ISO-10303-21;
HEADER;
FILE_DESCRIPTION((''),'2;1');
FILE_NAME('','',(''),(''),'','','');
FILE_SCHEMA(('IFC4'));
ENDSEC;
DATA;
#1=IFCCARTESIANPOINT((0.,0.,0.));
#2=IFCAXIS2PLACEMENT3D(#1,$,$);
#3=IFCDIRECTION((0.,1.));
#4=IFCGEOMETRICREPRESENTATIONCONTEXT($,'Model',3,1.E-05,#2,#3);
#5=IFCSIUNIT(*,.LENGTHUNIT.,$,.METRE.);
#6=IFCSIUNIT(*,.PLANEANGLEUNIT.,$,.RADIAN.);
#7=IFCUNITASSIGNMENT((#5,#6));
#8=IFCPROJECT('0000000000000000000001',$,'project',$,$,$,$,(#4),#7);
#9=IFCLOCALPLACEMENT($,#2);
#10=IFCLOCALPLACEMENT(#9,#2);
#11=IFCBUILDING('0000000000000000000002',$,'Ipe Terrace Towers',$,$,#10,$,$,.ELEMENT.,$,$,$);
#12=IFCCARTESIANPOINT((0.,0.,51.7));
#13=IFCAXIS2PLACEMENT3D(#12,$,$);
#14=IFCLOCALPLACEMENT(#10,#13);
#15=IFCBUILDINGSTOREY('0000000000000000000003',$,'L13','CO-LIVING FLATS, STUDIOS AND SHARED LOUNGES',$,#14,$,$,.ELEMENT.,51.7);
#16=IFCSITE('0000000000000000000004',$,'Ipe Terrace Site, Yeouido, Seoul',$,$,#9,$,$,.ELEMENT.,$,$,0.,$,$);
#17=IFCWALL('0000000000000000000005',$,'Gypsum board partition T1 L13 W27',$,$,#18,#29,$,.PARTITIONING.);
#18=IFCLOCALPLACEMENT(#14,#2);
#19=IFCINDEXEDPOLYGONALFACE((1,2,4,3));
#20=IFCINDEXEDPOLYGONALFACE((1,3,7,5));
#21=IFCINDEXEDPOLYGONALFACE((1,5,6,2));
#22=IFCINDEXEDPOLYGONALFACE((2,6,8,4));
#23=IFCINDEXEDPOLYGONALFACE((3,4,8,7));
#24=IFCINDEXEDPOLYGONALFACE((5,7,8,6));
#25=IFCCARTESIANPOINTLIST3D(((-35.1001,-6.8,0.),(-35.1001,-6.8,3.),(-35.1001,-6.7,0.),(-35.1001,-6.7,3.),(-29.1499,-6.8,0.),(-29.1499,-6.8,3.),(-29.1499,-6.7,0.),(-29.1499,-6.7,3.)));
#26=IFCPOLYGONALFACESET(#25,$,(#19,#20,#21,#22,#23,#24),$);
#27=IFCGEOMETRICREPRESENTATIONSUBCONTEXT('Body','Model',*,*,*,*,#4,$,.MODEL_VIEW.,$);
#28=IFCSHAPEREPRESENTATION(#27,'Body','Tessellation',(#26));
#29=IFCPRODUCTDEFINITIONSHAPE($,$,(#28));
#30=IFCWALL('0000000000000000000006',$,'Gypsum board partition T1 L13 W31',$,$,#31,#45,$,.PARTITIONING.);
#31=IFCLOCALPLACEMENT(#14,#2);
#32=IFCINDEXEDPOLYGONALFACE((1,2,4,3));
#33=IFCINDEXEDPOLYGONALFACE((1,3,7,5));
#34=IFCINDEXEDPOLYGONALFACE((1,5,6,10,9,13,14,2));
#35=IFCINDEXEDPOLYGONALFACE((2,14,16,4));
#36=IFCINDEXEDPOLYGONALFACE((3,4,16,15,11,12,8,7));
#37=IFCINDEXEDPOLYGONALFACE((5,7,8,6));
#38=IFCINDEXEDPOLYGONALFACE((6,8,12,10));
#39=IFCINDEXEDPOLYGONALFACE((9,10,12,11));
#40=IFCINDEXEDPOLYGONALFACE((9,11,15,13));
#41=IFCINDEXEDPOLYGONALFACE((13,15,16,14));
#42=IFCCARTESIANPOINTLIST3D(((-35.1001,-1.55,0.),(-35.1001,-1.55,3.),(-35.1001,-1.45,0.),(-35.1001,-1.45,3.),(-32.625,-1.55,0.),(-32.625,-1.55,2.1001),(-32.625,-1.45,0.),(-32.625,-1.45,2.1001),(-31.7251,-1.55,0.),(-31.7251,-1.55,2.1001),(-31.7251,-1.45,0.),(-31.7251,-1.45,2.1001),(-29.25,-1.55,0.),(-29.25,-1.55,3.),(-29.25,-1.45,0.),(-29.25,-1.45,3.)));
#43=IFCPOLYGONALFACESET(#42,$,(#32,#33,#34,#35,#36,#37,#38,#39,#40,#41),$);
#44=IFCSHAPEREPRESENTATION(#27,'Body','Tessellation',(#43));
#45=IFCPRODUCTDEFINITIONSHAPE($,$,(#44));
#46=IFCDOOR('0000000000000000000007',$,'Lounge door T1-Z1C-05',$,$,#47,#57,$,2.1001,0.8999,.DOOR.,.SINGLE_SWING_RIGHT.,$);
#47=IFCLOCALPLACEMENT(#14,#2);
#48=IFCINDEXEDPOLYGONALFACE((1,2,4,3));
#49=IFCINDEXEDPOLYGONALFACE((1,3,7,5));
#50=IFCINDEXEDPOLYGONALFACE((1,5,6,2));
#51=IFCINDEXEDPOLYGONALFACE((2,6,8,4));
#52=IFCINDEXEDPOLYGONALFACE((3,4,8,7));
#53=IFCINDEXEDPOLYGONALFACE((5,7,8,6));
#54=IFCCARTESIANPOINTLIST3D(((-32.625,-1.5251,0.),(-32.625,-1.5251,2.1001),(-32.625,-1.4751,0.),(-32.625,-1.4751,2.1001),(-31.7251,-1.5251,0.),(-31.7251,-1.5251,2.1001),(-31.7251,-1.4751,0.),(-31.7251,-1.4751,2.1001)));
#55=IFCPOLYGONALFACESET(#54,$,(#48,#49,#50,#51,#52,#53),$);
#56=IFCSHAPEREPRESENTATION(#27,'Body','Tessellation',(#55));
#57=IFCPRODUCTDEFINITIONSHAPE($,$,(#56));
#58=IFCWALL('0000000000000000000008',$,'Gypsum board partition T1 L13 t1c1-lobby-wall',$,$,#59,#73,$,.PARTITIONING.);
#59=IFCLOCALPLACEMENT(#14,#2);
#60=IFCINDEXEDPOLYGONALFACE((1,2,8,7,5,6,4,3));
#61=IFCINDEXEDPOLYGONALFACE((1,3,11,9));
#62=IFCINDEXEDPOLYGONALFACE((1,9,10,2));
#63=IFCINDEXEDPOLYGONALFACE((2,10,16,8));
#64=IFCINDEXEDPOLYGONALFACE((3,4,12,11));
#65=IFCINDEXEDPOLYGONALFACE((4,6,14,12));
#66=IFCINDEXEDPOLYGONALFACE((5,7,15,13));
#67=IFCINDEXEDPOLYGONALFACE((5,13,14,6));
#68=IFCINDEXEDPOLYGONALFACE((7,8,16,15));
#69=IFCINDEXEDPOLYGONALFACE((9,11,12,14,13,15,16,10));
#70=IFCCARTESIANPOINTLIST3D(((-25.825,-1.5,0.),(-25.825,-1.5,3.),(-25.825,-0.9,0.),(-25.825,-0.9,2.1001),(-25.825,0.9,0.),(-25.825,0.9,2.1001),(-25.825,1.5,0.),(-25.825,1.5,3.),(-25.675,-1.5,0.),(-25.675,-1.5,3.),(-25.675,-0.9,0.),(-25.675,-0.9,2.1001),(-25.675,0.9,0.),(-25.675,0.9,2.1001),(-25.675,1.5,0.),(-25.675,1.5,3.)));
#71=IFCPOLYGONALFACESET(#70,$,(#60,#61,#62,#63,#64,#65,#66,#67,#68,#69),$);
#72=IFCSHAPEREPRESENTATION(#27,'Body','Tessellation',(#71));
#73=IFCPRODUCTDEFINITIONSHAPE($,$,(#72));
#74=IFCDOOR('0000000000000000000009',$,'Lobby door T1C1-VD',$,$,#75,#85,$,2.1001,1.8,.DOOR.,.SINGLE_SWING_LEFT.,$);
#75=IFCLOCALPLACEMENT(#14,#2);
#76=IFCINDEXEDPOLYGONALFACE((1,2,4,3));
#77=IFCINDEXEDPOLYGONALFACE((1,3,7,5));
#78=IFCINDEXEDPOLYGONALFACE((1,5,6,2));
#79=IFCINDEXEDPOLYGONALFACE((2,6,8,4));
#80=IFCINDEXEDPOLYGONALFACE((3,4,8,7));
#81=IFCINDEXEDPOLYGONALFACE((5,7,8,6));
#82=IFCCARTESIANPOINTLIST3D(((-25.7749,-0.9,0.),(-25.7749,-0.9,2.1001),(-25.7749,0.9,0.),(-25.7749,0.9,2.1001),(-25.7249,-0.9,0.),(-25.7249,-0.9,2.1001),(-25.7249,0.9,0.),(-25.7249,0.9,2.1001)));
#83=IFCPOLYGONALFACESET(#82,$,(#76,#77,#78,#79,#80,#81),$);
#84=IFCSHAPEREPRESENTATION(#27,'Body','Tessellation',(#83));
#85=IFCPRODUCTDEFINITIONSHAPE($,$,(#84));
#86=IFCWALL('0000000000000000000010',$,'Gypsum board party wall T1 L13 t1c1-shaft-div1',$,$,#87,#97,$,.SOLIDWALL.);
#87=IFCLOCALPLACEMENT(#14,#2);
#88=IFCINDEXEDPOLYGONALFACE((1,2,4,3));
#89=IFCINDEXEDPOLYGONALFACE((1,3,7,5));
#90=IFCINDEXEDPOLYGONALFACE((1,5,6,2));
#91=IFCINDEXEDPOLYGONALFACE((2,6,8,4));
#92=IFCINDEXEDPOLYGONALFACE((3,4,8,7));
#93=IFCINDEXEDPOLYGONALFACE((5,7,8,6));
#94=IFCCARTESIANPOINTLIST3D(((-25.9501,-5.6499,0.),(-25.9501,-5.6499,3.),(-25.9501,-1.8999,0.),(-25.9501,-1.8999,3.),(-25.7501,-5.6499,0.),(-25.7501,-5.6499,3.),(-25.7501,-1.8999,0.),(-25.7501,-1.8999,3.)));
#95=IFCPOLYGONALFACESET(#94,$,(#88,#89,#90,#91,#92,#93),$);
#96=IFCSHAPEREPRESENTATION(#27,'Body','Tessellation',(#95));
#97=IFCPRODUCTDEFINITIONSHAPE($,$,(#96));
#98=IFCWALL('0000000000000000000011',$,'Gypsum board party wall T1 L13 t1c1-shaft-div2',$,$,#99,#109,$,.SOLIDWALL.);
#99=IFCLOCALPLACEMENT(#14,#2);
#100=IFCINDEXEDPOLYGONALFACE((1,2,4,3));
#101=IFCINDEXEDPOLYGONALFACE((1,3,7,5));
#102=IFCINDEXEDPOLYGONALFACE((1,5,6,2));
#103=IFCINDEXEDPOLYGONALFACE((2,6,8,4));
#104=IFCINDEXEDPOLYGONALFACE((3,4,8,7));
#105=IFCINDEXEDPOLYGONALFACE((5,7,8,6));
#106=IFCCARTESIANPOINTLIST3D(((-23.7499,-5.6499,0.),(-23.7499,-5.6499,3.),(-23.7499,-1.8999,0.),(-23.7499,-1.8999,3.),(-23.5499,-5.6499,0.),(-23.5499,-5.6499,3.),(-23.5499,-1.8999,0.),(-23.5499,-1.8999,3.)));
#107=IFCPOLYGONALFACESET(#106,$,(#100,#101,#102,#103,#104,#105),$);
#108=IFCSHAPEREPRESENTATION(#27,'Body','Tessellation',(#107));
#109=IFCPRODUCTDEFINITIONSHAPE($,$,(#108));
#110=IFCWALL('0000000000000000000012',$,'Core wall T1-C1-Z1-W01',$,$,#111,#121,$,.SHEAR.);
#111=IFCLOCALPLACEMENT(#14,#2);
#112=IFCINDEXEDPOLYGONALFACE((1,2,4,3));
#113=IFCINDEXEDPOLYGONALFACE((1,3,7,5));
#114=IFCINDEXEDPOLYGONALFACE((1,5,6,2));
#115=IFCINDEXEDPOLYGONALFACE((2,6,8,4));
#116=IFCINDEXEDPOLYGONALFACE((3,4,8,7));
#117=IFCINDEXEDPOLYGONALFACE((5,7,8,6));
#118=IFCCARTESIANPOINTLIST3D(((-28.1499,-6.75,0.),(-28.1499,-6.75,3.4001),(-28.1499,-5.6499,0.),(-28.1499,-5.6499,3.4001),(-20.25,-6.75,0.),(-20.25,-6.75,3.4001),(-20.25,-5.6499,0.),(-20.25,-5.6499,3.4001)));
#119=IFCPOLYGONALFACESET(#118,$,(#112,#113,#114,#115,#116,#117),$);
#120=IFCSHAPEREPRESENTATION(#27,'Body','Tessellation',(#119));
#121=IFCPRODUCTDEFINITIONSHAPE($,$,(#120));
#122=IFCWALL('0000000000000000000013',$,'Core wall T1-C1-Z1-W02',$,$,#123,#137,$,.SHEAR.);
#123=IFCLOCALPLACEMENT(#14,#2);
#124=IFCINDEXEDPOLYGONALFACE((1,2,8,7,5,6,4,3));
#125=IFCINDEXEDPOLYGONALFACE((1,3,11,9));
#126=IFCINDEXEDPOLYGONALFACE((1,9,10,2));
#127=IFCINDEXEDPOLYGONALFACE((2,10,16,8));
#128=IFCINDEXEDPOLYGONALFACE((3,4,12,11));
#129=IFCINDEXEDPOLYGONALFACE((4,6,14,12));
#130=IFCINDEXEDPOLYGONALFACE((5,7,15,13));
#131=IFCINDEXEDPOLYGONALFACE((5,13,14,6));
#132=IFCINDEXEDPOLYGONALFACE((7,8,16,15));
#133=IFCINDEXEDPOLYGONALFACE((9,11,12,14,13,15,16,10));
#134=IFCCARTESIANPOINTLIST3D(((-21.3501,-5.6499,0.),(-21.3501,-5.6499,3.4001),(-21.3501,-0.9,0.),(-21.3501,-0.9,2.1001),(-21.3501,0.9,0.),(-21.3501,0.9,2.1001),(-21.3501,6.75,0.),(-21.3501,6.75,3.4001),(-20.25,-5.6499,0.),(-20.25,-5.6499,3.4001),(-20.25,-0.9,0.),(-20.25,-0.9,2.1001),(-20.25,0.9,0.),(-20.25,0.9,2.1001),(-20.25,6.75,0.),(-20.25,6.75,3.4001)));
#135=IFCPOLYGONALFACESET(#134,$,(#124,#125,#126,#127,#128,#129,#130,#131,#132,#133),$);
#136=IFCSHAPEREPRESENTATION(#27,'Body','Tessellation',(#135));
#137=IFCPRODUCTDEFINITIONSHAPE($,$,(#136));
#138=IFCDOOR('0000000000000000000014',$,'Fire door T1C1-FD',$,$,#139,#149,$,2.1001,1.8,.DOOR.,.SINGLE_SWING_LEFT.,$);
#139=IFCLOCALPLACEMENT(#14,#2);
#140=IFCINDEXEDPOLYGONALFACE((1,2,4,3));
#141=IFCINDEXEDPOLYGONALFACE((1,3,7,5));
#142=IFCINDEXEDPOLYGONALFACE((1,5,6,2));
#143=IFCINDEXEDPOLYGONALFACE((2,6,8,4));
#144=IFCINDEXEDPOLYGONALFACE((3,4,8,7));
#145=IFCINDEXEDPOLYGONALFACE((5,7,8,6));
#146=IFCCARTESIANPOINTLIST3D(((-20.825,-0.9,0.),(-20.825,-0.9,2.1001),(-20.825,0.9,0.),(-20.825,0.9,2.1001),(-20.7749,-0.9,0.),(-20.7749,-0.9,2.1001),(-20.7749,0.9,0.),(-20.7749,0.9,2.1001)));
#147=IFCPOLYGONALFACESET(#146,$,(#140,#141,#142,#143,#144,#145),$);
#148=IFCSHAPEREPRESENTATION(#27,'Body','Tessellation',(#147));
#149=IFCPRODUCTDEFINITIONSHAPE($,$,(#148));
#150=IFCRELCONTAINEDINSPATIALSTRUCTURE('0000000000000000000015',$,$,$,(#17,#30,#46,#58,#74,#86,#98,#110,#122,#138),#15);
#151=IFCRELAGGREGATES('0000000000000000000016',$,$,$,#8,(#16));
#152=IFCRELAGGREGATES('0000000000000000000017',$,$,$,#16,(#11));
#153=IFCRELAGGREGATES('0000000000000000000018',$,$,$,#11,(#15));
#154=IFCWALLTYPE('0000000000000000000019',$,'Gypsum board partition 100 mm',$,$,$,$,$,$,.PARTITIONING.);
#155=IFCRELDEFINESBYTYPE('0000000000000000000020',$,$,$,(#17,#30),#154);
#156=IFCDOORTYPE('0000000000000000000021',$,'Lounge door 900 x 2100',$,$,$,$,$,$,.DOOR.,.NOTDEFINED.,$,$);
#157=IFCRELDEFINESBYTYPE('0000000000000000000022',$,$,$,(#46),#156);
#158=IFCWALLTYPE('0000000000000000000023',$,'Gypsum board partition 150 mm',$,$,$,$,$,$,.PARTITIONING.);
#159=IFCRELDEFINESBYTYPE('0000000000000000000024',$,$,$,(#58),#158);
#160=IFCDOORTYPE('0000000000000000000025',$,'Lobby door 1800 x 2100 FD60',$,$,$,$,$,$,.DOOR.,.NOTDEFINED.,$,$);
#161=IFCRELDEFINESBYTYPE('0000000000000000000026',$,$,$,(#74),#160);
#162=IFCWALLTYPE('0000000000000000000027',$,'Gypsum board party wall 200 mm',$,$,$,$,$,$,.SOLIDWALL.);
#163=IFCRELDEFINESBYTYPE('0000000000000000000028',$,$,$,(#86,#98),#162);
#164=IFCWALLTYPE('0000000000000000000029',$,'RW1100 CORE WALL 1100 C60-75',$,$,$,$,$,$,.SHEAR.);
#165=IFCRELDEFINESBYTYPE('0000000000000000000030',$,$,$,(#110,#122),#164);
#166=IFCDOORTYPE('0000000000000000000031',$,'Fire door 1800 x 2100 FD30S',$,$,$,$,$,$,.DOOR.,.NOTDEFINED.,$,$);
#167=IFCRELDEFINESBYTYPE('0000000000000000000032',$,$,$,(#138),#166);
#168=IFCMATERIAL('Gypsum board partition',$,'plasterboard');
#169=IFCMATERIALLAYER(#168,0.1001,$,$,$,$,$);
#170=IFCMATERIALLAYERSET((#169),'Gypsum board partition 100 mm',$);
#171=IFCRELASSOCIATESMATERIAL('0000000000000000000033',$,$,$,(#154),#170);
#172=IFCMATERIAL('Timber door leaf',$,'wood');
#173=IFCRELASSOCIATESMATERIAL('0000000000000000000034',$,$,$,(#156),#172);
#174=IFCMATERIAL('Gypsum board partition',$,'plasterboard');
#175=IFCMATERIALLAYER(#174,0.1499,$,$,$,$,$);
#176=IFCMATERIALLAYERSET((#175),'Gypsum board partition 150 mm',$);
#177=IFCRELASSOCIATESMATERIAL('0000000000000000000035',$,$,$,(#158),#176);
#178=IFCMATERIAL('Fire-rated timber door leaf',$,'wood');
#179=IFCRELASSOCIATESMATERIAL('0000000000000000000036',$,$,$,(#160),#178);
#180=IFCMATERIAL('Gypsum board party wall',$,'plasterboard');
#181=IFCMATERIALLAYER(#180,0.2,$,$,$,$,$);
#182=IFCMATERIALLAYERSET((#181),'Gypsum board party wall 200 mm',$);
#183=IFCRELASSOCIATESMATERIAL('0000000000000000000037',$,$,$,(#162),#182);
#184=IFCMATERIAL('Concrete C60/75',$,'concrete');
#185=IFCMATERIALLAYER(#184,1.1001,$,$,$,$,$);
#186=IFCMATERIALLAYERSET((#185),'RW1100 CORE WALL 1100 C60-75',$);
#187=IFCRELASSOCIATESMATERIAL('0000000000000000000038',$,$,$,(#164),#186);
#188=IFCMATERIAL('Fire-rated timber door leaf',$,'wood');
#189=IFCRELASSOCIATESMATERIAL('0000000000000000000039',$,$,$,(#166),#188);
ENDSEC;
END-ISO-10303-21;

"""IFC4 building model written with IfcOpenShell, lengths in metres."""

from ifc_helpers import new_model, si_unit, direction, frame, frame_2d, origin, place, context, subcontext, project, spatial, rectangle, extrude, material, layer, layer_set, type_object, element, fill, save


model = new_model("IFC4")

# Units and contexts
model_context = context("Model", 3, precision=1e-05, world=origin(), true_north=direction((0.0, 1.0)))
body_context = subcontext(model_context, "Body", "Model", "MODEL_VIEW")
ifc_project = project(units=[si_unit("LENGTHUNIT", "METRE"), si_unit("PLANEANGLEUNIT", "RADIAN")], contexts=[model_context])

# Site, building, storey
site_placement = place(None, origin())
site = spatial("IfcSite", under=ifc_project, at=site_placement, Name="Ipe Terrace Site, Yeouido, Seoul", CompositionType="ELEMENT", RefElevation=0.0)
building_placement = place(site_placement, origin())
building = spatial("IfcBuilding", under=site, at=building_placement, Name="Ipe Terrace Towers", CompositionType="ELEMENT")
storey_placement = place(building_placement, frame((0.0, 0.0, 51.7)))
storey = spatial("IfcBuildingStorey", under=building, at=storey_placement, Name="L13", Description="CO-LIVING FLATS, STUDIOS AND SHARED LOUNGES", CompositionType="ELEMENT", Elevation=51.7)

# Shared definitions
ifc_material_1 = material(Name="Gypsum board partition", Category="plasterboard")
ifc_layer_1 = layer(ifc_material_1, 0.1001)
ifc_layer_set_1 = layer_set([ifc_layer_1], Name="Gypsum board partition 100 mm")
wall_type_1 = type_object("IfcWallType", Name="Gypsum board partition 100 mm", PredefinedType="PARTITIONING", material=ifc_layer_set_1)
ifc_material_2 = material(Name="Timber door leaf", Category="wood")
door_type_1 = type_object("IfcDoorType", Name="Lounge door 900 x 2100", OperationType="NOTDEFINED", PredefinedType="DOOR", material=ifc_material_2)

# Wall
wall_1_placement = place(storey_placement, frame((-35.1001, -6.75, 0.0), z_axis=(0.0, 0.0, 1.0), x_axis=(1.0, 0.0, 0.0)))
element("IfcWall", 1, at=wall_1_placement, inside=storey, type_object=wall_type_1, Name="Gypsum board partition T1 L13 W27", PredefinedType="PARTITIONING", context=body_context, shape_type="SweptSolid", body=[
    extrude(rectangle(XDim=5.9502, YDim=0.1001, at=frame_2d((2.9751, 0.0))), origin(), (0.0, 0.0, 1.0), 3.0),
])

# Walls, openings, doors
wall_2_placement = place(storey_placement, frame((-35.1001, -1.5, 0.0), z_axis=(0.0, 0.0, 1.0), x_axis=(1.0, 0.0, 0.0)))
wall_2 = element("IfcWall", 2, at=wall_2_placement, inside=storey, type_object=wall_type_1, Name="Gypsum board partition T1 L13 W31", PredefinedType="PARTITIONING", context=body_context, shape_type="SweptSolid", body=[
    extrude(rectangle(XDim=5.8501, YDim=0.1001, at=frame_2d((2.925, 0.0))), origin(), (0.0, 0.0, 1.0), 3.0),
])
opening_1_placement = place(wall_2_placement, frame((2.4751, 0.0, 0.0)))
opening_1 = element("IfcOpeningElement", 3, at=opening_1_placement, cuts=wall_2, PredefinedType="OPENING", context=body_context, shape_type="SweptSolid", body=[
    extrude(rectangle(XDim=0.8999, YDim=2.1001, at=frame_2d((0.45, 1.05))), frame((0.0, 0.0601, 0.0), z_axis=(0.0, -1.0, 0.0), x_axis=(1.0, 0.0, 0.0)), (0.0, 0.0, 1.0), 0.1201),
])
door_1_placement = place(opening_1_placement, origin())
door_1 = element("IfcDoor", 4, at=door_1_placement, inside=storey, type_object=door_type_1, Name="Lounge door T1-Z1C-05", OperationType="SINGLE_SWING_RIGHT", OverallHeight=2.1001, OverallWidth=0.8999, PredefinedType="DOOR", context=body_context, shape_type="SweptSolid", body=[
    extrude(rectangle(XDim=0.8999, YDim=2.1001, at=frame_2d((0.45, 1.05))), frame((0.0, 0.0249, 0.0), z_axis=(0.0, -1.0, 0.0), x_axis=(1.0, 0.0, 0.0)), (0.0, 0.0, 1.0), 0.05),
])
fill(opening_1, door_1)
ifc_material_3 = material(Name="Gypsum board partition", Category="plasterboard")
ifc_layer_2 = layer(ifc_material_3, 0.1499)
ifc_layer_set_2 = layer_set([ifc_layer_2], Name="Gypsum board partition 150 mm")
wall_type_2 = type_object("IfcWallType", Name="Gypsum board partition 150 mm", PredefinedType="PARTITIONING", material=ifc_layer_set_2)
wall_3_placement = place(storey_placement, frame((-25.75, -1.5, 0.0), z_axis=(0.0, 0.0, 1.0), x_axis=(0.0, 1.0, 0.0)))
wall_3 = element("IfcWall", 5, at=wall_3_placement, inside=storey, type_object=wall_type_2, Name="Gypsum board partition T1 L13 t1c1-lobby-wall", PredefinedType="PARTITIONING", context=body_context, shape_type="SweptSolid", body=[
    extrude(rectangle(XDim=3.0, YDim=0.1499, at=frame_2d((1.5, 0.0))), origin(), (0.0, 0.0, 1.0), 3.0),
])
opening_2_placement = place(wall_3_placement, frame((0.6001, 0.0, 0.0)))
opening_2 = element("IfcOpeningElement", 6, at=opening_2_placement, cuts=wall_3, PredefinedType="OPENING", context=body_context, shape_type="SweptSolid", body=[
    extrude(rectangle(XDim=1.8, YDim=2.1001, at=frame_2d((0.8999, 1.05))), frame((0.0, 0.085, 0.0), z_axis=(0.0, -1.0, 0.0), x_axis=(1.0, 0.0, 0.0)), (0.0, 0.0, 1.0), 0.1699),
])
ifc_material_4 = material(Name="Fire-rated timber door leaf", Category="wood")
door_type_2 = type_object("IfcDoorType", Name="Lobby door 1800 x 2100 FD60", OperationType="NOTDEFINED", PredefinedType="DOOR", material=ifc_material_4)
door_2_placement = place(opening_2_placement, origin())
door_2 = element("IfcDoor", 7, at=door_2_placement, inside=storey, type_object=door_type_2, Name="Lobby door T1C1-VD", OperationType="SINGLE_SWING_LEFT", OverallHeight=2.1001, OverallWidth=1.8, PredefinedType="DOOR", context=body_context, shape_type="SweptSolid", body=[
    extrude(rectangle(XDim=1.8, YDim=2.1001, at=frame_2d((0.8999, 1.05))), frame((0.0, 0.0249, 0.0), z_axis=(0.0, -1.0, 0.0), x_axis=(1.0, 0.0, 0.0)), (0.0, 0.0, 1.0), 0.05),
])
fill(opening_2, door_2)

# Walls
ifc_material_5 = material(Name="Gypsum board party wall", Category="plasterboard")
ifc_layer_3 = layer(ifc_material_5, 0.2)
ifc_layer_set_3 = layer_set([ifc_layer_3], Name="Gypsum board party wall 200 mm")
wall_type_3 = type_object("IfcWallType", Name="Gypsum board party wall 200 mm", PredefinedType="SOLIDWALL", material=ifc_layer_set_3)
for number, where, z_axis, x_axis, name in (
    (8, (-25.8501, -5.6499, 0.0), (0.0, 0.0, 1.0), (0.0, 1.0, 0.0), "Gypsum board party wall T1 L13 t1c1-shaft-div1"),
    (9, (-23.6499, -5.6499, 0.0), (0.0, 0.0, 1.0), (0.0, 1.0, 0.0), "Gypsum board party wall T1 L13 t1c1-shaft-div2"),
):
    element("IfcWall", number, at=place(storey_placement, frame(where, z_axis=z_axis, x_axis=x_axis)), inside=storey, type_object=wall_type_3, Name=name, PredefinedType="SOLIDWALL", context=body_context, shape_type="SweptSolid", body=[
        extrude(rectangle(XDim=3.75, YDim=0.2, at=frame_2d((1.875, 0.0))), origin(), (0.0, 0.0, 1.0), 3.0),
    ])
ifc_material_6 = material(Name="Concrete C60/75", Category="concrete")
ifc_layer_4 = layer(ifc_material_6, 1.1001)
ifc_layer_set_4 = layer_set([ifc_layer_4], Name="RW1100 CORE WALL 1100 C60-75")
wall_type_4 = type_object("IfcWallType", Name="RW1100 CORE WALL 1100 C60-75", PredefinedType="SHEAR", material=ifc_layer_set_4)
wall_4_placement = place(storey_placement, frame((-28.1499, -6.2, 0.0), z_axis=(0.0, 0.0, 1.0), x_axis=(1.0, 0.0, 0.0)))
element("IfcWall", 10, at=wall_4_placement, inside=storey, type_object=wall_type_4, Name="Core wall T1-C1-Z1-W01", PredefinedType="SHEAR", context=body_context, shape_type="SweptSolid", body=[
    extrude(rectangle(XDim=7.8999, YDim=1.1001, at=frame_2d((3.95, 0.0))), origin(), (0.0, 0.0, 1.0), 3.4001),
])

# Wall, opening, door
wall_5_placement = place(storey_placement, frame((-20.8, -5.6499, 0.0), z_axis=(0.0, 0.0, 1.0), x_axis=(0.0, 1.0, 0.0)))
wall_5 = element("IfcWall", 11, at=wall_5_placement, inside=storey, type_object=wall_type_4, Name="Core wall T1-C1-Z1-W02", PredefinedType="SHEAR", context=body_context, shape_type="SweptSolid", body=[
    extrude(rectangle(XDim=12.3999, YDim=1.1001, at=frame_2d((6.2, 0.0))), origin(), (0.0, 0.0, 1.0), 3.4001),
])
opening_3_placement = place(wall_5_placement, frame((4.75, 0.0, 0.0)))
opening_3 = element("IfcOpeningElement", 12, at=opening_3_placement, cuts=wall_5, PredefinedType="OPENING", context=body_context, shape_type="SweptSolid", body=[
    extrude(rectangle(XDim=1.8, YDim=2.1001, at=frame_2d((0.8999, 1.05))), frame((0.0, 0.5601, 0.0), z_axis=(0.0, -1.0, 0.0), x_axis=(1.0, 0.0, 0.0)), (0.0, 0.0, 1.0), 1.1201),
])
ifc_material_7 = material(Name="Fire-rated timber door leaf", Category="wood")
door_type_3 = type_object("IfcDoorType", Name="Fire door 1800 x 2100 FD30S", OperationType="NOTDEFINED", PredefinedType="DOOR", material=ifc_material_7)
door_3_placement = place(opening_3_placement, origin())
door_3 = element("IfcDoor", 13, at=door_3_placement, inside=storey, type_object=door_type_3, Name="Fire door T1C1-FD", OperationType="SINGLE_SWING_LEFT", OverallHeight=2.1001, OverallWidth=1.8, PredefinedType="DOOR", context=body_context, shape_type="SweptSolid", body=[
    extrude(rectangle(XDim=1.8, YDim=2.1001, at=frame_2d((0.8999, 1.05))), frame((0.0, 0.0249, 0.0), z_axis=(0.0, -1.0, 0.0), x_axis=(1.0, 0.0, 0.0)), (0.0, 0.0, 1.0), 0.05),
])
fill(opening_3, door_3)

save(model, "model.ifc")
